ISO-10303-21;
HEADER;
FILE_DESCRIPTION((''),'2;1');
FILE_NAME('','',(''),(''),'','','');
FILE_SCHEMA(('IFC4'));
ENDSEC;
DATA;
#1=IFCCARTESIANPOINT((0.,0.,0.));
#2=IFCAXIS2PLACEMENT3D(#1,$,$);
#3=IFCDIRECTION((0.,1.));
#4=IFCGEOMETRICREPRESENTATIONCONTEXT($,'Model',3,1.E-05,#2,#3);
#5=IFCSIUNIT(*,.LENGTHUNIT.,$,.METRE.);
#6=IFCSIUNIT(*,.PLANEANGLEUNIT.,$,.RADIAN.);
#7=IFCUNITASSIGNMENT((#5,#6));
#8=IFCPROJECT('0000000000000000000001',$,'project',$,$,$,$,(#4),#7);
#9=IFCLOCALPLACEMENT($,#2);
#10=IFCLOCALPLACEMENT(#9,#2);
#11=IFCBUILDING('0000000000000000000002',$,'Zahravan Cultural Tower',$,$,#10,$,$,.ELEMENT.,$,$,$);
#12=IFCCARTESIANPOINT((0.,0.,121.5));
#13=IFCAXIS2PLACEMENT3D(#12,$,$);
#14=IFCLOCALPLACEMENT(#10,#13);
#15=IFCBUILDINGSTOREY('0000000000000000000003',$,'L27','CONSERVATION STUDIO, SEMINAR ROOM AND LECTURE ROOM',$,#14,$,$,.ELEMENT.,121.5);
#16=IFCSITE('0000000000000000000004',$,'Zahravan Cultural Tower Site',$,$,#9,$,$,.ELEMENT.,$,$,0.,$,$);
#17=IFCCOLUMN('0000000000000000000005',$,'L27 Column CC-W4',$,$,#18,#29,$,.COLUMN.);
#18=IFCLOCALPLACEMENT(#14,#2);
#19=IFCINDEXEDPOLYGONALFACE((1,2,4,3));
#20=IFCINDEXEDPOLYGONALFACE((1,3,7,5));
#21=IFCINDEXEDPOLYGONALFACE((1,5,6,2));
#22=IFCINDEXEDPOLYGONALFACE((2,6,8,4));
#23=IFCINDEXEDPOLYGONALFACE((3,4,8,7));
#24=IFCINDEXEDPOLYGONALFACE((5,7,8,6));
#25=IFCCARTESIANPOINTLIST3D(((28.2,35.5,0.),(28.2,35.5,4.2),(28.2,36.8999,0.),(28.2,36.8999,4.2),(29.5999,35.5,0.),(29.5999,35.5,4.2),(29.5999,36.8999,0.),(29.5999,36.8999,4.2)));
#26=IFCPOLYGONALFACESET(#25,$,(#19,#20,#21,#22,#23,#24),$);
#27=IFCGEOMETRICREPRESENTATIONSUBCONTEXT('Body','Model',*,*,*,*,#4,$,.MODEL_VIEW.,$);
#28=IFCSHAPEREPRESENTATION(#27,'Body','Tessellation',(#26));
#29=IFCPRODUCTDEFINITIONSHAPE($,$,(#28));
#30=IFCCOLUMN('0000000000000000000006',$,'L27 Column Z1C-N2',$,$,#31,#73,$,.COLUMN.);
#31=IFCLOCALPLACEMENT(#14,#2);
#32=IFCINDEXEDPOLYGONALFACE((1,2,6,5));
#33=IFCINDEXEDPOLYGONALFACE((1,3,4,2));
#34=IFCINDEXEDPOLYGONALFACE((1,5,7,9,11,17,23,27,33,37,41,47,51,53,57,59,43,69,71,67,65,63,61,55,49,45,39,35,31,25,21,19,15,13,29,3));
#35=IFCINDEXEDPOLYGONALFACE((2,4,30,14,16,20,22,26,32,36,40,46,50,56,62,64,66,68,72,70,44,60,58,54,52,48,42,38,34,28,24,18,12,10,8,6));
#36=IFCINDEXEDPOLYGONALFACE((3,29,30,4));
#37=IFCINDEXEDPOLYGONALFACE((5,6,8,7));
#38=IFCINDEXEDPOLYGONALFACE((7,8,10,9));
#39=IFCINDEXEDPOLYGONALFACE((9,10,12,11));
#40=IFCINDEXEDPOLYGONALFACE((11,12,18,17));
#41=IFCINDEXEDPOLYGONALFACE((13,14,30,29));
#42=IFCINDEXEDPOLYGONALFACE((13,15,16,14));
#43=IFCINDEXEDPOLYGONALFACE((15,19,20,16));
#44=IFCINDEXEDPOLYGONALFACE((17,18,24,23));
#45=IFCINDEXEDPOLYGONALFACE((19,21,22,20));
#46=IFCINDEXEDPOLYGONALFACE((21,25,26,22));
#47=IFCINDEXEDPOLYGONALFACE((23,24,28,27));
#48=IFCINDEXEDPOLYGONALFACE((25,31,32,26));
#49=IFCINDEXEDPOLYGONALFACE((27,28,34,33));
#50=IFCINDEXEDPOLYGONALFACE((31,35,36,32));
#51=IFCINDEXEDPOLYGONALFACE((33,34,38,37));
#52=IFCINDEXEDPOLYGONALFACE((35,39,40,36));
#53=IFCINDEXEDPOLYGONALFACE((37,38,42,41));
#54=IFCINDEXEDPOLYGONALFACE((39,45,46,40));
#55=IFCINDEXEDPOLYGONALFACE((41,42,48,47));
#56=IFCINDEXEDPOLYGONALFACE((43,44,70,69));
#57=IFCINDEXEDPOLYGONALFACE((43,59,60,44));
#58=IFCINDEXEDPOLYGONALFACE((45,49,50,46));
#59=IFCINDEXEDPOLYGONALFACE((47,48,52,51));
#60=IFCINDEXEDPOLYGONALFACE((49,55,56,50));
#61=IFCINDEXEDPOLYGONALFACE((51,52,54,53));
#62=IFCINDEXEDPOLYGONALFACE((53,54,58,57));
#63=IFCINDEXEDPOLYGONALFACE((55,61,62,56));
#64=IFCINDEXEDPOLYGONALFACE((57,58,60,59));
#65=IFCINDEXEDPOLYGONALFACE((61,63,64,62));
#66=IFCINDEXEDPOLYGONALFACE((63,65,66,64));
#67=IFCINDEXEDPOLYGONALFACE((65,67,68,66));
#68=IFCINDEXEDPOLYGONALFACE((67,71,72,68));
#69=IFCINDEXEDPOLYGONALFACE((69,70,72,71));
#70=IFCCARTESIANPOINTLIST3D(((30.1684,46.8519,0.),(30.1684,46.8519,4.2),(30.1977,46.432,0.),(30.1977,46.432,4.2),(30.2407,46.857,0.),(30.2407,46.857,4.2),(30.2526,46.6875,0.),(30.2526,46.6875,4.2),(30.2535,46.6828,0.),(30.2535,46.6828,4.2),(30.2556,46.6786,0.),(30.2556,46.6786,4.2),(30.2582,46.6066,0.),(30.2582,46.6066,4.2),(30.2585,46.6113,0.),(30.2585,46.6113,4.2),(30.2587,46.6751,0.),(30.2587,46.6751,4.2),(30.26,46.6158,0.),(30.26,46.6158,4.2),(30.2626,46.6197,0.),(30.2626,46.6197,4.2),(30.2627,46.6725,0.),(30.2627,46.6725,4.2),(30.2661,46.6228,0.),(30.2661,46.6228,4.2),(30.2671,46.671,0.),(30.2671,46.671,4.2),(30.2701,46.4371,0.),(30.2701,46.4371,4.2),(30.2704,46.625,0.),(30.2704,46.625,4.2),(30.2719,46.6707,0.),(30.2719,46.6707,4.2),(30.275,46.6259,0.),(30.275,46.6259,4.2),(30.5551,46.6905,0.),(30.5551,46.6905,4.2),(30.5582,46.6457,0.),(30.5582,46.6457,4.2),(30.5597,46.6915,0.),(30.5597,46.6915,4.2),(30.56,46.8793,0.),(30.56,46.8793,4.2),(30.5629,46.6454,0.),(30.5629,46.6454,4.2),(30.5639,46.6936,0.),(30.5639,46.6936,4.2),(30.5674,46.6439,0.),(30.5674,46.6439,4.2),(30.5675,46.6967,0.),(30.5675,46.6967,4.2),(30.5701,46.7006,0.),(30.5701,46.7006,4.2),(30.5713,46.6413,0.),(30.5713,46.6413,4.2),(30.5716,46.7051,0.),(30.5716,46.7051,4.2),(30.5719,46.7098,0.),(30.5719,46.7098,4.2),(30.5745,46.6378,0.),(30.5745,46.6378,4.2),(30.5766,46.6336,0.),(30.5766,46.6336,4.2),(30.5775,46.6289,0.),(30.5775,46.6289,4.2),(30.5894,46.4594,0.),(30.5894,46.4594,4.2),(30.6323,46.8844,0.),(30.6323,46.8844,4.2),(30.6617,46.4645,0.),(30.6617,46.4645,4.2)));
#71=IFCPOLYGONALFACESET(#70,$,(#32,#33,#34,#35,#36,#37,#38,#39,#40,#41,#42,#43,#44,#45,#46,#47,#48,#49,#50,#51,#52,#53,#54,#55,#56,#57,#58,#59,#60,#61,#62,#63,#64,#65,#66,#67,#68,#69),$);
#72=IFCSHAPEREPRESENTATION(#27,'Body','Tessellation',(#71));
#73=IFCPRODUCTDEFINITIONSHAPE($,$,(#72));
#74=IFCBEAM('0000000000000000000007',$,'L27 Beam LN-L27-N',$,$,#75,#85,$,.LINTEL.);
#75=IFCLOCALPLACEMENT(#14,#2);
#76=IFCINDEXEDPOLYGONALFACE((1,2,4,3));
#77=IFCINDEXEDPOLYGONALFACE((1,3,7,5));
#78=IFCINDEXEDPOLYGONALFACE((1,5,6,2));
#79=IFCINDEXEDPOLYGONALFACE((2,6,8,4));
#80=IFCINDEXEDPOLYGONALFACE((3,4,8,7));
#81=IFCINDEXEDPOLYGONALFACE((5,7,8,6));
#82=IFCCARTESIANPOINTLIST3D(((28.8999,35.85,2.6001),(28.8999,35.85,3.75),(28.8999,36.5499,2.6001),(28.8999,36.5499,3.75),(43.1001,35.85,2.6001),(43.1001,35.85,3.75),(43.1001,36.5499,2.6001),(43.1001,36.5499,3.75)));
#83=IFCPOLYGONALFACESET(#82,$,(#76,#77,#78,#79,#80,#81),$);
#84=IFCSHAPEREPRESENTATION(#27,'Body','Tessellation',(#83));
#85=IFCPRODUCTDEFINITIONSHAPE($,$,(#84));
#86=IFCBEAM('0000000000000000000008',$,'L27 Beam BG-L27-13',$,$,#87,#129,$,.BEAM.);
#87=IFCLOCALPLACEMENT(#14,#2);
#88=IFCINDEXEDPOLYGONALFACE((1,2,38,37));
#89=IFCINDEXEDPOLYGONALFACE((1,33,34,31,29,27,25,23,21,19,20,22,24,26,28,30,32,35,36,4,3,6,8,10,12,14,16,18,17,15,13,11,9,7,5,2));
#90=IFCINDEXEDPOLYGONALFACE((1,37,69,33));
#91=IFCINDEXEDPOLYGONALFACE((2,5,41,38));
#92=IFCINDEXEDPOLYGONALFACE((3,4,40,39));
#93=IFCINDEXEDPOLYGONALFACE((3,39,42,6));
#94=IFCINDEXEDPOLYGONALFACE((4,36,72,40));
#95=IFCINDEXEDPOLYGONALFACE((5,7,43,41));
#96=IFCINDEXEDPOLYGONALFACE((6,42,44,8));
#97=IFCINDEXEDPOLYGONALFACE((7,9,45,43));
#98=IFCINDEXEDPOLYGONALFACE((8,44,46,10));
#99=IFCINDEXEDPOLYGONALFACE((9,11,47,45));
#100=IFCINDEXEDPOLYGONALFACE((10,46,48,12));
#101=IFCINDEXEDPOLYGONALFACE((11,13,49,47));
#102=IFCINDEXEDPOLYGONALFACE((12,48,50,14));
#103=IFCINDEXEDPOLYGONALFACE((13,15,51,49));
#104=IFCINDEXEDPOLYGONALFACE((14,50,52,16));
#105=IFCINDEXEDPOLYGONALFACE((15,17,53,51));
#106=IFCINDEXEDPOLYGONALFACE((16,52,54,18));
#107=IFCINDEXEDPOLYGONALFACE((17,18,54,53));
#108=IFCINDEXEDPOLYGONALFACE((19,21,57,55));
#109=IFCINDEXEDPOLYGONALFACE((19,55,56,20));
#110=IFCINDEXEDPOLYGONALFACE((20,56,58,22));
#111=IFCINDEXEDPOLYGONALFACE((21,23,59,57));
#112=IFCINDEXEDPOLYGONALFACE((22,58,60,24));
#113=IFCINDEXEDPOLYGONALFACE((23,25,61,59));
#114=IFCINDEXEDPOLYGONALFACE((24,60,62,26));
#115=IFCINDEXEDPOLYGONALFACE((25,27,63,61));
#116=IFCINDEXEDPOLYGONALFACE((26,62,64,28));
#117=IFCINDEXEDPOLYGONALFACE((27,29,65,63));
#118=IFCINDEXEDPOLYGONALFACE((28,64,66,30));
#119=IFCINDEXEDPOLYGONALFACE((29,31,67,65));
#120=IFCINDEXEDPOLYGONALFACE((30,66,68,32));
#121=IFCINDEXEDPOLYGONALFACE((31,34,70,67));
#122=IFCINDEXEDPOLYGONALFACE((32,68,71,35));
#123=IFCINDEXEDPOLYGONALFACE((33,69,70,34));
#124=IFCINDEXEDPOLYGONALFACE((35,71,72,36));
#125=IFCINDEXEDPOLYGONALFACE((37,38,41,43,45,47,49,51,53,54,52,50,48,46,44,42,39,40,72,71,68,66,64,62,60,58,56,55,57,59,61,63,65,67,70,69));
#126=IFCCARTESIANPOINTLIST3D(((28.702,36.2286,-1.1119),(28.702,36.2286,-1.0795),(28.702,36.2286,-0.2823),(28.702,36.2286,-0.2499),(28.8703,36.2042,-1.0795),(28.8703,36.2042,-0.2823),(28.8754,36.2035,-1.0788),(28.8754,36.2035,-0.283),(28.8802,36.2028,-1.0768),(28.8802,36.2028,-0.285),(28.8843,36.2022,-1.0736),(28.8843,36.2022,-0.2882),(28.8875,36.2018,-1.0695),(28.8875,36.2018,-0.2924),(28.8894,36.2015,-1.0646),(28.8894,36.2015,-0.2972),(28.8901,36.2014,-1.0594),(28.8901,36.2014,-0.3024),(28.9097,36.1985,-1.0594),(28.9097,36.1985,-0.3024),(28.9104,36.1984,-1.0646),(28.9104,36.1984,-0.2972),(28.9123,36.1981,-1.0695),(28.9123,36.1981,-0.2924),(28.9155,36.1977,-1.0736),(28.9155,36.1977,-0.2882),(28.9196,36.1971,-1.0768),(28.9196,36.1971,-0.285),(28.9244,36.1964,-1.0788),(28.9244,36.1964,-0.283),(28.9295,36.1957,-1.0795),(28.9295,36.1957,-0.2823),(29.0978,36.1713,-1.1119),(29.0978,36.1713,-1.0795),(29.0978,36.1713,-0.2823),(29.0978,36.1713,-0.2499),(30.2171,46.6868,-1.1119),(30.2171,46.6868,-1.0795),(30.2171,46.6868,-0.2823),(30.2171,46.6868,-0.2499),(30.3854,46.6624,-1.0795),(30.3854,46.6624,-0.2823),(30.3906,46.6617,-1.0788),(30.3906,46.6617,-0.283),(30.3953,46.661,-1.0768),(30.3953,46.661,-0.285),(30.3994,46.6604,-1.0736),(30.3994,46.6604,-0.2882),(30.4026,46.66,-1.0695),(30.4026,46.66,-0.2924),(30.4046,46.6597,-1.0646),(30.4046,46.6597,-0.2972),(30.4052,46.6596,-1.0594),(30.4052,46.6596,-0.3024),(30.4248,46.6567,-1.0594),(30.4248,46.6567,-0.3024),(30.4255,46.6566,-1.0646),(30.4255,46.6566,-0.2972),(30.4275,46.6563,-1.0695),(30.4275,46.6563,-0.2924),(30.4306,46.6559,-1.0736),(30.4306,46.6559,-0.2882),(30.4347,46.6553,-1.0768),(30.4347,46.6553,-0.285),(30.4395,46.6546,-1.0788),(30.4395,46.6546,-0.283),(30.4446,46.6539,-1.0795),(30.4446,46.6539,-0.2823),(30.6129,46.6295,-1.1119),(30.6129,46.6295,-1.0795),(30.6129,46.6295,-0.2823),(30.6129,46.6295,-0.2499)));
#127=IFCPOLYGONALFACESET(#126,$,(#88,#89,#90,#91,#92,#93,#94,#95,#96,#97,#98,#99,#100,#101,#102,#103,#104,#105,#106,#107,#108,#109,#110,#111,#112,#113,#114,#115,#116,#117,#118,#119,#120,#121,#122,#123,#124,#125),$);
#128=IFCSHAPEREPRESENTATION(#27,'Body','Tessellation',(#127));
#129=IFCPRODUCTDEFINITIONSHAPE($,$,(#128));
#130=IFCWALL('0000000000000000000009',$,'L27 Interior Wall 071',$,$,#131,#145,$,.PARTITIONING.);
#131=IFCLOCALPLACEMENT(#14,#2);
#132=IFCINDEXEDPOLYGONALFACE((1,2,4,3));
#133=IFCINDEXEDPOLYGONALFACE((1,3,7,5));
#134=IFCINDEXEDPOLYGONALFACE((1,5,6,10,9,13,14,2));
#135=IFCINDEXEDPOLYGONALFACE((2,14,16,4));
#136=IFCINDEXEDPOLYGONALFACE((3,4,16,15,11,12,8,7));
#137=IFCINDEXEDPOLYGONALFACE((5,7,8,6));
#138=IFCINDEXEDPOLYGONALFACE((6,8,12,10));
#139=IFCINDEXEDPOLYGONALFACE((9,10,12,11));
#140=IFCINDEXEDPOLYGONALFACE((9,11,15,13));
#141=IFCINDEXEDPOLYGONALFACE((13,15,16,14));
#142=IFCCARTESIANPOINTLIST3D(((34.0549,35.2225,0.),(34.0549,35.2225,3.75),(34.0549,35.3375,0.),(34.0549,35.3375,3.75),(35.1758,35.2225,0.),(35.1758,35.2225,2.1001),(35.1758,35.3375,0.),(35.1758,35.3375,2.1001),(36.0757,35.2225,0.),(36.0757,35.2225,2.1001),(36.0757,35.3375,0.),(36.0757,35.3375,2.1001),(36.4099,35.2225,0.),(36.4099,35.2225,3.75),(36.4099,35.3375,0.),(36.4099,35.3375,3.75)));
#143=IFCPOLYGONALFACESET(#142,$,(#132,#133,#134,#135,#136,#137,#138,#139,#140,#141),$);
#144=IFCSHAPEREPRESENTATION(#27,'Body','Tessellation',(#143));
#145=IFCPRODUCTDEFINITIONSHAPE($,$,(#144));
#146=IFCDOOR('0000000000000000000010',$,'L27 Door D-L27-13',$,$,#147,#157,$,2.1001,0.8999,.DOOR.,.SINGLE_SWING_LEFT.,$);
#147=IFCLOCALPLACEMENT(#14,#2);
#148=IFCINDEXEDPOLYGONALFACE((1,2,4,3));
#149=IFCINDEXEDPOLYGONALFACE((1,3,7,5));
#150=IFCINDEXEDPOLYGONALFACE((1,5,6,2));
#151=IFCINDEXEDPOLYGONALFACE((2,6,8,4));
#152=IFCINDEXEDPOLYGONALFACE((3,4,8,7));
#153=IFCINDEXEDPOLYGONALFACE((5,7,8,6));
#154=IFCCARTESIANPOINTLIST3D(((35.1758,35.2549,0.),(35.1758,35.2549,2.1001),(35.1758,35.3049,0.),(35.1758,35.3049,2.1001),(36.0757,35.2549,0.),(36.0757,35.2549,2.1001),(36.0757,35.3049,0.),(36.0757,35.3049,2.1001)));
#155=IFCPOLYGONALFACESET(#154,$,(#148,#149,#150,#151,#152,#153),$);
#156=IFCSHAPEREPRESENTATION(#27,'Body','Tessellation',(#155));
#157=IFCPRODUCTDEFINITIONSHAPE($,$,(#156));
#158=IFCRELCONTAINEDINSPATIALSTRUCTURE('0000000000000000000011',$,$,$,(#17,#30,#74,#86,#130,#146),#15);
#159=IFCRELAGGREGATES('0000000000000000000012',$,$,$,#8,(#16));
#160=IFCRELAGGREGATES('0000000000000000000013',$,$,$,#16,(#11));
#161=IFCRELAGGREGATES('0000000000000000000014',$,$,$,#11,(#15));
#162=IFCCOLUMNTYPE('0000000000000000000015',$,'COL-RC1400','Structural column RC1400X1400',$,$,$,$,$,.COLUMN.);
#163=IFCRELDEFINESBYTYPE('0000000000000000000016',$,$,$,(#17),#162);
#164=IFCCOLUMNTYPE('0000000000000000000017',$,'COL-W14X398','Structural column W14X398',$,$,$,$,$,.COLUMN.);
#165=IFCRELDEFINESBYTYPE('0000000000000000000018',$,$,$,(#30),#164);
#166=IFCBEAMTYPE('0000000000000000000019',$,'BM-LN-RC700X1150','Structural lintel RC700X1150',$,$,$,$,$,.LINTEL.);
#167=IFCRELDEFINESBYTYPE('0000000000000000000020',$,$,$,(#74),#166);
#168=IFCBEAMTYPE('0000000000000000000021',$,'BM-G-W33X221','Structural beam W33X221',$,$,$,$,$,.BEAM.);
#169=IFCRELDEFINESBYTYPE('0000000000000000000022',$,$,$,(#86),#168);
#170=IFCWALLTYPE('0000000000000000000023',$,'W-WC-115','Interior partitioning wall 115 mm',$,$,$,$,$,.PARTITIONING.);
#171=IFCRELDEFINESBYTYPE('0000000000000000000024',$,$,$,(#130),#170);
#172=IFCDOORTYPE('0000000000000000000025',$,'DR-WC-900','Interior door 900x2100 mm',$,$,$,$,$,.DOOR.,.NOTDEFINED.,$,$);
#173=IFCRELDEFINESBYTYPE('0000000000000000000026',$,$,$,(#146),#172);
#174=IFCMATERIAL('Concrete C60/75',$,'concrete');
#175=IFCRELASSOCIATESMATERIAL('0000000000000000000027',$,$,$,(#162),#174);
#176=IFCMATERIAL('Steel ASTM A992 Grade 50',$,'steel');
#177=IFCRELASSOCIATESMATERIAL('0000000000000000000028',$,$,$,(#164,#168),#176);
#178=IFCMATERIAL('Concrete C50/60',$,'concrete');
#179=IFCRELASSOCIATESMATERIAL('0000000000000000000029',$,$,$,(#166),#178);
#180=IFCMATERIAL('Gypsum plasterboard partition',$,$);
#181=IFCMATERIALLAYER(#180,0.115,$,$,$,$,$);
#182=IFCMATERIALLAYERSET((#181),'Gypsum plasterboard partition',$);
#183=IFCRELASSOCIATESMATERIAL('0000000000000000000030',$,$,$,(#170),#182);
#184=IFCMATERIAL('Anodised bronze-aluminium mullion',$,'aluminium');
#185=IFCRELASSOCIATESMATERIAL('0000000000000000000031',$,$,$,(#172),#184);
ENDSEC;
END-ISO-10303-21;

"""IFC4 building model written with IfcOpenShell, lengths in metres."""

from ifc_helpers import new_model, si_unit, direction, frame, frame_2d, origin, origin_2d, place, context, subcontext, project, spatial, rectangle, i_section, extrude, source, transform, mapped, material, layer, layer_set, material_profile, profile_set, type_object, element, fill, save


model = new_model("IFC4")

# Units and contexts
model_context = context("Model", 3, precision=1e-05, world=origin(), true_north=direction((0.0, 1.0)))
body_context = subcontext(model_context, "Body", "Model", "MODEL_VIEW")
ifc_project = project(units=[si_unit("LENGTHUNIT", "METRE"), si_unit("PLANEANGLEUNIT", "RADIAN")], contexts=[model_context])

# Site, building, storey
site_placement = place(None, origin())
site = spatial("IfcSite", under=ifc_project, at=site_placement, Name="Zahravan Cultural Tower Site", CompositionType="ELEMENT", RefElevation=0.0)
building_placement = place(site_placement, origin())
building = spatial("IfcBuilding", under=site, at=building_placement, Name="Zahravan Cultural Tower", CompositionType="ELEMENT")
storey_placement = place(building_placement, frame((0.0, 0.0, 121.5)))
storey = spatial("IfcBuildingStorey", under=building, at=storey_placement, Name="L27", Description="CONSERVATION STUDIO, SEMINAR ROOM AND LECTURE ROOM", CompositionType="ELEMENT", Elevation=121.5)

# Columns
ifc_material_1 = material(Name="Concrete C60/75", Category="concrete")
ifc_material_profile_1 = material_profile(ifc_material_1, rectangle(XDim=1.3999, YDim=1.3999, at=origin_2d()), Name="RC1400X1400")
ifc_profile_set_1 = profile_set([ifc_material_profile_1], Name="Concrete C60/75")
column_type_1 = type_object("IfcColumnType", Name="COL-RC1400", Description="Structural column RC1400X1400", PredefinedType="COLUMN", material=ifc_profile_set_1)
shared_shape_1 = source(origin(), body_context, "Body", "SweptSolid", [
    extrude(rectangle(XDim=1.3999, YDim=1.3999, at=origin_2d()), origin(), (0.0, 0.0, 1.0), 4.2),
])
column_1_placement = place(storey_placement, frame((28.8999, 36.2, 0.0), z_axis=(0.0, 0.0, 1.0), x_axis=(1.0, 0.0, 0.0)))
element("IfcColumn", 1, at=column_1_placement, inside=storey, type_object=column_type_1, Name="L27 Column CC-W4", PredefinedType="COLUMN", context=body_context, shape_type="MappedRepresentation", body=[
    mapped(shared_shape_1, transform((0.0, 0.0, 0.0), x_axis=(1.0, 0.0, 0.0), y_axis=(0.0, 1.0, 0.0), z_axis=(0.0, 0.0, 1.0), scale=1.0)),
])
ifc_material_2 = material(Name="Steel ASTM A992 Grade 50", Category="steel")
ifc_material_profile_2 = material_profile(ifc_material_2, i_section(OverallWidth=0.4209, OverallDepth=0.4651, WebThickness=0.0449, FlangeThickness=0.0725, FilletRadius=0.0181, at=origin_2d()), Name="W14X398")
ifc_profile_set_2 = profile_set([ifc_material_profile_2], Name="Steel ASTM A992 Grade 50")
column_type_2 = type_object("IfcColumnType", Name="COL-W14X398", Description="Structural column W14X398", PredefinedType="COLUMN", material=ifc_profile_set_2)
shared_shape_2 = source(origin(), body_context, "Body", "SweptSolid", [
    extrude(i_section(OverallWidth=0.4209, OverallDepth=0.4651, WebThickness=0.0449, FlangeThickness=0.0725, FilletRadius=0.0181, at=origin_2d()), origin(), (0.0, 0.0, 1.0), 4.2),
])
column_2_placement = place(storey_placement, frame((30.415, 46.6582, 0.0), z_axis=(0.0, 0.0, 1.0), x_axis=(-0.069756, 0.997564, 0.0)))
element("IfcColumn", 2, at=column_2_placement, inside=storey, type_object=column_type_2, Name="L27 Column Z1C-N2", PredefinedType="COLUMN", context=body_context, shape_type="MappedRepresentation", body=[
    mapped(shared_shape_2, transform((0.0, 0.0, 0.0), x_axis=(1.0, 0.0, 0.0), y_axis=(0.0, 1.0, 0.0), z_axis=(0.0, 0.0, 1.0), scale=1.0)),
])

# Beams
ifc_material_3 = material(Name="Concrete C50/60", Category="concrete")
ifc_material_profile_3 = material_profile(ifc_material_3, rectangle(XDim=0.7, YDim=1.1499, at=origin_2d()), Name="RC700X1150")
ifc_profile_set_3 = profile_set([ifc_material_profile_3], Name="Concrete C50/60")
beam_type_1 = type_object("IfcBeamType", Name="BM-LN-RC700X1150", Description="Structural lintel RC700X1150", PredefinedType="LINTEL", material=ifc_profile_set_3)
shared_shape_3 = source(origin(), body_context, "Body", "SweptSolid", [
    extrude(rectangle(XDim=0.7, YDim=1.1499, at=origin_2d()), origin(), (0.0, 0.0, 1.0), 14.2002),
])
beam_1_placement = place(storey_placement, frame((28.8999, 36.2, 3.175), z_axis=(1.0, 0.0, 0.0), x_axis=(0.0, 1.0, 0.0)))
element("IfcBeam", 3, at=beam_1_placement, inside=storey, type_object=beam_type_1, Name="L27 Beam LN-L27-N", PredefinedType="LINTEL", context=body_context, shape_type="MappedRepresentation", body=[
    mapped(shared_shape_3, transform((0.0, 0.0, 0.0), x_axis=(1.0, 0.0, 0.0), y_axis=(0.0, 1.0, 0.0), z_axis=(0.0, 0.0, 1.0), scale=1.0)),
])
ifc_material_profile_4 = material_profile(ifc_material_2, i_section(OverallWidth=0.3999, OverallDepth=0.8621, WebThickness=0.0198, FlangeThickness=0.0325, FilletRadius=0.02, at=origin_2d()), Name="W33X221")
ifc_profile_set_4 = profile_set([ifc_material_profile_4], Name="Steel ASTM A992 Grade 50")
beam_type_2 = type_object("IfcBeamType", Name="BM-G-W33X221", Description="Structural beam W33X221", PredefinedType="BEAM", material=ifc_profile_set_4)
shared_shape_4 = source(origin(), body_context, "Body", "SweptSolid", [
    extrude(i_section(OverallWidth=0.3999, OverallDepth=0.8621, WebThickness=0.0198, FlangeThickness=0.0325, FilletRadius=0.02, at=origin_2d()), origin(), (0.0, 0.0, 1.0), 10.5674),
])
beam_2_placement = place(storey_placement, frame((28.8999, 36.2, -0.6809), z_axis=(0.143378, 0.989668, 0.0), x_axis=(-0.989668, 0.143378, 0.0)))
element("IfcBeam", 4, at=beam_2_placement, inside=storey, type_object=beam_type_2, Name="L27 Beam BG-L27-13", PredefinedType="BEAM", context=body_context, shape_type="MappedRepresentation", body=[
    mapped(shared_shape_4, transform((0.0, 0.0, 0.0), x_axis=(1.0, 0.0, 0.0), y_axis=(0.0, 1.0, 0.0), z_axis=(0.0, 0.0, 1.0), scale=1.0)),
])

# Wall, opening, door
ifc_material_4 = material(Name="Gypsum plasterboard partition")
ifc_material_5 = material(Name="Anodised bronze-aluminium mullion", Category="aluminium")
ifc_layer_1 = layer(ifc_material_4, 0.115)
ifc_layer_set_1 = layer_set([ifc_layer_1], Name="Gypsum plasterboard partition")
wall_type_1 = type_object("IfcWallType", Name="W-WC-115", Description="Interior partitioning wall 115 mm", PredefinedType="PARTITIONING", material=ifc_layer_set_1)
wall_1_placement = place(storey_placement, frame((34.0549, 35.28, 0.0), z_axis=(0.0, 0.0, 1.0), x_axis=(1.0, 0.0, 0.0)))
wall_1 = element("IfcWall", 5, at=wall_1_placement, inside=storey, type_object=wall_type_1, Name="L27 Interior Wall 071", PredefinedType="PARTITIONING", context=body_context, shape_type="SweptSolid", body=[
    extrude(rectangle(XDim=2.355, YDim=0.115, at=frame_2d((1.1775, 0.0))), origin(), (0.0, 0.0, 1.0), 3.75),
])
opening_1_placement = place(wall_1_placement, frame((1.1208, 0.0, 0.0)))
opening_1 = element("IfcOpeningElement", 6, at=opening_1_placement, cuts=wall_1, PredefinedType="OPENING", context=body_context, shape_type="SweptSolid", body=[
    extrude(rectangle(XDim=0.8999, YDim=2.1001, at=frame_2d((0.45, 1.05))), frame((0.0, 0.0674, 0.0), z_axis=(0.0, -1.0, 0.0), x_axis=(1.0, 0.0, 0.0)), (0.0, 0.0, 1.0), 0.135),
])
door_type_1 = type_object("IfcDoorType", Name="DR-WC-900", Description="Interior door 900x2100 mm", OperationType="NOTDEFINED", PredefinedType="DOOR", material=ifc_material_5)
shared_shape_5 = source(origin(), body_context, "Body", "SweptSolid", [
    extrude(rectangle(XDim=0.8999, YDim=2.1001, at=frame_2d((0.45, 1.05))), frame((0.0, 0.0249, 0.0), z_axis=(0.0, -1.0, 0.0), x_axis=(1.0, 0.0, 0.0)), (0.0, 0.0, 1.0), 0.05),
])
door_1_placement = place(opening_1_placement, origin())
door_1 = element("IfcDoor", 7, at=door_1_placement, inside=storey, type_object=door_type_1, Name="L27 Door D-L27-13", OperationType="SINGLE_SWING_LEFT", OverallHeight=2.1001, OverallWidth=0.8999, PredefinedType="DOOR", context=body_context, shape_type="MappedRepresentation", body=[
    mapped(shared_shape_5, transform((0.0, 0.0, 0.0), x_axis=(1.0, 0.0, 0.0), y_axis=(0.0, 1.0, 0.0), z_axis=(0.0, 0.0, 1.0), scale=1.0)),
])
fill(opening_1, door_1)

save(model, "model.ifc")
